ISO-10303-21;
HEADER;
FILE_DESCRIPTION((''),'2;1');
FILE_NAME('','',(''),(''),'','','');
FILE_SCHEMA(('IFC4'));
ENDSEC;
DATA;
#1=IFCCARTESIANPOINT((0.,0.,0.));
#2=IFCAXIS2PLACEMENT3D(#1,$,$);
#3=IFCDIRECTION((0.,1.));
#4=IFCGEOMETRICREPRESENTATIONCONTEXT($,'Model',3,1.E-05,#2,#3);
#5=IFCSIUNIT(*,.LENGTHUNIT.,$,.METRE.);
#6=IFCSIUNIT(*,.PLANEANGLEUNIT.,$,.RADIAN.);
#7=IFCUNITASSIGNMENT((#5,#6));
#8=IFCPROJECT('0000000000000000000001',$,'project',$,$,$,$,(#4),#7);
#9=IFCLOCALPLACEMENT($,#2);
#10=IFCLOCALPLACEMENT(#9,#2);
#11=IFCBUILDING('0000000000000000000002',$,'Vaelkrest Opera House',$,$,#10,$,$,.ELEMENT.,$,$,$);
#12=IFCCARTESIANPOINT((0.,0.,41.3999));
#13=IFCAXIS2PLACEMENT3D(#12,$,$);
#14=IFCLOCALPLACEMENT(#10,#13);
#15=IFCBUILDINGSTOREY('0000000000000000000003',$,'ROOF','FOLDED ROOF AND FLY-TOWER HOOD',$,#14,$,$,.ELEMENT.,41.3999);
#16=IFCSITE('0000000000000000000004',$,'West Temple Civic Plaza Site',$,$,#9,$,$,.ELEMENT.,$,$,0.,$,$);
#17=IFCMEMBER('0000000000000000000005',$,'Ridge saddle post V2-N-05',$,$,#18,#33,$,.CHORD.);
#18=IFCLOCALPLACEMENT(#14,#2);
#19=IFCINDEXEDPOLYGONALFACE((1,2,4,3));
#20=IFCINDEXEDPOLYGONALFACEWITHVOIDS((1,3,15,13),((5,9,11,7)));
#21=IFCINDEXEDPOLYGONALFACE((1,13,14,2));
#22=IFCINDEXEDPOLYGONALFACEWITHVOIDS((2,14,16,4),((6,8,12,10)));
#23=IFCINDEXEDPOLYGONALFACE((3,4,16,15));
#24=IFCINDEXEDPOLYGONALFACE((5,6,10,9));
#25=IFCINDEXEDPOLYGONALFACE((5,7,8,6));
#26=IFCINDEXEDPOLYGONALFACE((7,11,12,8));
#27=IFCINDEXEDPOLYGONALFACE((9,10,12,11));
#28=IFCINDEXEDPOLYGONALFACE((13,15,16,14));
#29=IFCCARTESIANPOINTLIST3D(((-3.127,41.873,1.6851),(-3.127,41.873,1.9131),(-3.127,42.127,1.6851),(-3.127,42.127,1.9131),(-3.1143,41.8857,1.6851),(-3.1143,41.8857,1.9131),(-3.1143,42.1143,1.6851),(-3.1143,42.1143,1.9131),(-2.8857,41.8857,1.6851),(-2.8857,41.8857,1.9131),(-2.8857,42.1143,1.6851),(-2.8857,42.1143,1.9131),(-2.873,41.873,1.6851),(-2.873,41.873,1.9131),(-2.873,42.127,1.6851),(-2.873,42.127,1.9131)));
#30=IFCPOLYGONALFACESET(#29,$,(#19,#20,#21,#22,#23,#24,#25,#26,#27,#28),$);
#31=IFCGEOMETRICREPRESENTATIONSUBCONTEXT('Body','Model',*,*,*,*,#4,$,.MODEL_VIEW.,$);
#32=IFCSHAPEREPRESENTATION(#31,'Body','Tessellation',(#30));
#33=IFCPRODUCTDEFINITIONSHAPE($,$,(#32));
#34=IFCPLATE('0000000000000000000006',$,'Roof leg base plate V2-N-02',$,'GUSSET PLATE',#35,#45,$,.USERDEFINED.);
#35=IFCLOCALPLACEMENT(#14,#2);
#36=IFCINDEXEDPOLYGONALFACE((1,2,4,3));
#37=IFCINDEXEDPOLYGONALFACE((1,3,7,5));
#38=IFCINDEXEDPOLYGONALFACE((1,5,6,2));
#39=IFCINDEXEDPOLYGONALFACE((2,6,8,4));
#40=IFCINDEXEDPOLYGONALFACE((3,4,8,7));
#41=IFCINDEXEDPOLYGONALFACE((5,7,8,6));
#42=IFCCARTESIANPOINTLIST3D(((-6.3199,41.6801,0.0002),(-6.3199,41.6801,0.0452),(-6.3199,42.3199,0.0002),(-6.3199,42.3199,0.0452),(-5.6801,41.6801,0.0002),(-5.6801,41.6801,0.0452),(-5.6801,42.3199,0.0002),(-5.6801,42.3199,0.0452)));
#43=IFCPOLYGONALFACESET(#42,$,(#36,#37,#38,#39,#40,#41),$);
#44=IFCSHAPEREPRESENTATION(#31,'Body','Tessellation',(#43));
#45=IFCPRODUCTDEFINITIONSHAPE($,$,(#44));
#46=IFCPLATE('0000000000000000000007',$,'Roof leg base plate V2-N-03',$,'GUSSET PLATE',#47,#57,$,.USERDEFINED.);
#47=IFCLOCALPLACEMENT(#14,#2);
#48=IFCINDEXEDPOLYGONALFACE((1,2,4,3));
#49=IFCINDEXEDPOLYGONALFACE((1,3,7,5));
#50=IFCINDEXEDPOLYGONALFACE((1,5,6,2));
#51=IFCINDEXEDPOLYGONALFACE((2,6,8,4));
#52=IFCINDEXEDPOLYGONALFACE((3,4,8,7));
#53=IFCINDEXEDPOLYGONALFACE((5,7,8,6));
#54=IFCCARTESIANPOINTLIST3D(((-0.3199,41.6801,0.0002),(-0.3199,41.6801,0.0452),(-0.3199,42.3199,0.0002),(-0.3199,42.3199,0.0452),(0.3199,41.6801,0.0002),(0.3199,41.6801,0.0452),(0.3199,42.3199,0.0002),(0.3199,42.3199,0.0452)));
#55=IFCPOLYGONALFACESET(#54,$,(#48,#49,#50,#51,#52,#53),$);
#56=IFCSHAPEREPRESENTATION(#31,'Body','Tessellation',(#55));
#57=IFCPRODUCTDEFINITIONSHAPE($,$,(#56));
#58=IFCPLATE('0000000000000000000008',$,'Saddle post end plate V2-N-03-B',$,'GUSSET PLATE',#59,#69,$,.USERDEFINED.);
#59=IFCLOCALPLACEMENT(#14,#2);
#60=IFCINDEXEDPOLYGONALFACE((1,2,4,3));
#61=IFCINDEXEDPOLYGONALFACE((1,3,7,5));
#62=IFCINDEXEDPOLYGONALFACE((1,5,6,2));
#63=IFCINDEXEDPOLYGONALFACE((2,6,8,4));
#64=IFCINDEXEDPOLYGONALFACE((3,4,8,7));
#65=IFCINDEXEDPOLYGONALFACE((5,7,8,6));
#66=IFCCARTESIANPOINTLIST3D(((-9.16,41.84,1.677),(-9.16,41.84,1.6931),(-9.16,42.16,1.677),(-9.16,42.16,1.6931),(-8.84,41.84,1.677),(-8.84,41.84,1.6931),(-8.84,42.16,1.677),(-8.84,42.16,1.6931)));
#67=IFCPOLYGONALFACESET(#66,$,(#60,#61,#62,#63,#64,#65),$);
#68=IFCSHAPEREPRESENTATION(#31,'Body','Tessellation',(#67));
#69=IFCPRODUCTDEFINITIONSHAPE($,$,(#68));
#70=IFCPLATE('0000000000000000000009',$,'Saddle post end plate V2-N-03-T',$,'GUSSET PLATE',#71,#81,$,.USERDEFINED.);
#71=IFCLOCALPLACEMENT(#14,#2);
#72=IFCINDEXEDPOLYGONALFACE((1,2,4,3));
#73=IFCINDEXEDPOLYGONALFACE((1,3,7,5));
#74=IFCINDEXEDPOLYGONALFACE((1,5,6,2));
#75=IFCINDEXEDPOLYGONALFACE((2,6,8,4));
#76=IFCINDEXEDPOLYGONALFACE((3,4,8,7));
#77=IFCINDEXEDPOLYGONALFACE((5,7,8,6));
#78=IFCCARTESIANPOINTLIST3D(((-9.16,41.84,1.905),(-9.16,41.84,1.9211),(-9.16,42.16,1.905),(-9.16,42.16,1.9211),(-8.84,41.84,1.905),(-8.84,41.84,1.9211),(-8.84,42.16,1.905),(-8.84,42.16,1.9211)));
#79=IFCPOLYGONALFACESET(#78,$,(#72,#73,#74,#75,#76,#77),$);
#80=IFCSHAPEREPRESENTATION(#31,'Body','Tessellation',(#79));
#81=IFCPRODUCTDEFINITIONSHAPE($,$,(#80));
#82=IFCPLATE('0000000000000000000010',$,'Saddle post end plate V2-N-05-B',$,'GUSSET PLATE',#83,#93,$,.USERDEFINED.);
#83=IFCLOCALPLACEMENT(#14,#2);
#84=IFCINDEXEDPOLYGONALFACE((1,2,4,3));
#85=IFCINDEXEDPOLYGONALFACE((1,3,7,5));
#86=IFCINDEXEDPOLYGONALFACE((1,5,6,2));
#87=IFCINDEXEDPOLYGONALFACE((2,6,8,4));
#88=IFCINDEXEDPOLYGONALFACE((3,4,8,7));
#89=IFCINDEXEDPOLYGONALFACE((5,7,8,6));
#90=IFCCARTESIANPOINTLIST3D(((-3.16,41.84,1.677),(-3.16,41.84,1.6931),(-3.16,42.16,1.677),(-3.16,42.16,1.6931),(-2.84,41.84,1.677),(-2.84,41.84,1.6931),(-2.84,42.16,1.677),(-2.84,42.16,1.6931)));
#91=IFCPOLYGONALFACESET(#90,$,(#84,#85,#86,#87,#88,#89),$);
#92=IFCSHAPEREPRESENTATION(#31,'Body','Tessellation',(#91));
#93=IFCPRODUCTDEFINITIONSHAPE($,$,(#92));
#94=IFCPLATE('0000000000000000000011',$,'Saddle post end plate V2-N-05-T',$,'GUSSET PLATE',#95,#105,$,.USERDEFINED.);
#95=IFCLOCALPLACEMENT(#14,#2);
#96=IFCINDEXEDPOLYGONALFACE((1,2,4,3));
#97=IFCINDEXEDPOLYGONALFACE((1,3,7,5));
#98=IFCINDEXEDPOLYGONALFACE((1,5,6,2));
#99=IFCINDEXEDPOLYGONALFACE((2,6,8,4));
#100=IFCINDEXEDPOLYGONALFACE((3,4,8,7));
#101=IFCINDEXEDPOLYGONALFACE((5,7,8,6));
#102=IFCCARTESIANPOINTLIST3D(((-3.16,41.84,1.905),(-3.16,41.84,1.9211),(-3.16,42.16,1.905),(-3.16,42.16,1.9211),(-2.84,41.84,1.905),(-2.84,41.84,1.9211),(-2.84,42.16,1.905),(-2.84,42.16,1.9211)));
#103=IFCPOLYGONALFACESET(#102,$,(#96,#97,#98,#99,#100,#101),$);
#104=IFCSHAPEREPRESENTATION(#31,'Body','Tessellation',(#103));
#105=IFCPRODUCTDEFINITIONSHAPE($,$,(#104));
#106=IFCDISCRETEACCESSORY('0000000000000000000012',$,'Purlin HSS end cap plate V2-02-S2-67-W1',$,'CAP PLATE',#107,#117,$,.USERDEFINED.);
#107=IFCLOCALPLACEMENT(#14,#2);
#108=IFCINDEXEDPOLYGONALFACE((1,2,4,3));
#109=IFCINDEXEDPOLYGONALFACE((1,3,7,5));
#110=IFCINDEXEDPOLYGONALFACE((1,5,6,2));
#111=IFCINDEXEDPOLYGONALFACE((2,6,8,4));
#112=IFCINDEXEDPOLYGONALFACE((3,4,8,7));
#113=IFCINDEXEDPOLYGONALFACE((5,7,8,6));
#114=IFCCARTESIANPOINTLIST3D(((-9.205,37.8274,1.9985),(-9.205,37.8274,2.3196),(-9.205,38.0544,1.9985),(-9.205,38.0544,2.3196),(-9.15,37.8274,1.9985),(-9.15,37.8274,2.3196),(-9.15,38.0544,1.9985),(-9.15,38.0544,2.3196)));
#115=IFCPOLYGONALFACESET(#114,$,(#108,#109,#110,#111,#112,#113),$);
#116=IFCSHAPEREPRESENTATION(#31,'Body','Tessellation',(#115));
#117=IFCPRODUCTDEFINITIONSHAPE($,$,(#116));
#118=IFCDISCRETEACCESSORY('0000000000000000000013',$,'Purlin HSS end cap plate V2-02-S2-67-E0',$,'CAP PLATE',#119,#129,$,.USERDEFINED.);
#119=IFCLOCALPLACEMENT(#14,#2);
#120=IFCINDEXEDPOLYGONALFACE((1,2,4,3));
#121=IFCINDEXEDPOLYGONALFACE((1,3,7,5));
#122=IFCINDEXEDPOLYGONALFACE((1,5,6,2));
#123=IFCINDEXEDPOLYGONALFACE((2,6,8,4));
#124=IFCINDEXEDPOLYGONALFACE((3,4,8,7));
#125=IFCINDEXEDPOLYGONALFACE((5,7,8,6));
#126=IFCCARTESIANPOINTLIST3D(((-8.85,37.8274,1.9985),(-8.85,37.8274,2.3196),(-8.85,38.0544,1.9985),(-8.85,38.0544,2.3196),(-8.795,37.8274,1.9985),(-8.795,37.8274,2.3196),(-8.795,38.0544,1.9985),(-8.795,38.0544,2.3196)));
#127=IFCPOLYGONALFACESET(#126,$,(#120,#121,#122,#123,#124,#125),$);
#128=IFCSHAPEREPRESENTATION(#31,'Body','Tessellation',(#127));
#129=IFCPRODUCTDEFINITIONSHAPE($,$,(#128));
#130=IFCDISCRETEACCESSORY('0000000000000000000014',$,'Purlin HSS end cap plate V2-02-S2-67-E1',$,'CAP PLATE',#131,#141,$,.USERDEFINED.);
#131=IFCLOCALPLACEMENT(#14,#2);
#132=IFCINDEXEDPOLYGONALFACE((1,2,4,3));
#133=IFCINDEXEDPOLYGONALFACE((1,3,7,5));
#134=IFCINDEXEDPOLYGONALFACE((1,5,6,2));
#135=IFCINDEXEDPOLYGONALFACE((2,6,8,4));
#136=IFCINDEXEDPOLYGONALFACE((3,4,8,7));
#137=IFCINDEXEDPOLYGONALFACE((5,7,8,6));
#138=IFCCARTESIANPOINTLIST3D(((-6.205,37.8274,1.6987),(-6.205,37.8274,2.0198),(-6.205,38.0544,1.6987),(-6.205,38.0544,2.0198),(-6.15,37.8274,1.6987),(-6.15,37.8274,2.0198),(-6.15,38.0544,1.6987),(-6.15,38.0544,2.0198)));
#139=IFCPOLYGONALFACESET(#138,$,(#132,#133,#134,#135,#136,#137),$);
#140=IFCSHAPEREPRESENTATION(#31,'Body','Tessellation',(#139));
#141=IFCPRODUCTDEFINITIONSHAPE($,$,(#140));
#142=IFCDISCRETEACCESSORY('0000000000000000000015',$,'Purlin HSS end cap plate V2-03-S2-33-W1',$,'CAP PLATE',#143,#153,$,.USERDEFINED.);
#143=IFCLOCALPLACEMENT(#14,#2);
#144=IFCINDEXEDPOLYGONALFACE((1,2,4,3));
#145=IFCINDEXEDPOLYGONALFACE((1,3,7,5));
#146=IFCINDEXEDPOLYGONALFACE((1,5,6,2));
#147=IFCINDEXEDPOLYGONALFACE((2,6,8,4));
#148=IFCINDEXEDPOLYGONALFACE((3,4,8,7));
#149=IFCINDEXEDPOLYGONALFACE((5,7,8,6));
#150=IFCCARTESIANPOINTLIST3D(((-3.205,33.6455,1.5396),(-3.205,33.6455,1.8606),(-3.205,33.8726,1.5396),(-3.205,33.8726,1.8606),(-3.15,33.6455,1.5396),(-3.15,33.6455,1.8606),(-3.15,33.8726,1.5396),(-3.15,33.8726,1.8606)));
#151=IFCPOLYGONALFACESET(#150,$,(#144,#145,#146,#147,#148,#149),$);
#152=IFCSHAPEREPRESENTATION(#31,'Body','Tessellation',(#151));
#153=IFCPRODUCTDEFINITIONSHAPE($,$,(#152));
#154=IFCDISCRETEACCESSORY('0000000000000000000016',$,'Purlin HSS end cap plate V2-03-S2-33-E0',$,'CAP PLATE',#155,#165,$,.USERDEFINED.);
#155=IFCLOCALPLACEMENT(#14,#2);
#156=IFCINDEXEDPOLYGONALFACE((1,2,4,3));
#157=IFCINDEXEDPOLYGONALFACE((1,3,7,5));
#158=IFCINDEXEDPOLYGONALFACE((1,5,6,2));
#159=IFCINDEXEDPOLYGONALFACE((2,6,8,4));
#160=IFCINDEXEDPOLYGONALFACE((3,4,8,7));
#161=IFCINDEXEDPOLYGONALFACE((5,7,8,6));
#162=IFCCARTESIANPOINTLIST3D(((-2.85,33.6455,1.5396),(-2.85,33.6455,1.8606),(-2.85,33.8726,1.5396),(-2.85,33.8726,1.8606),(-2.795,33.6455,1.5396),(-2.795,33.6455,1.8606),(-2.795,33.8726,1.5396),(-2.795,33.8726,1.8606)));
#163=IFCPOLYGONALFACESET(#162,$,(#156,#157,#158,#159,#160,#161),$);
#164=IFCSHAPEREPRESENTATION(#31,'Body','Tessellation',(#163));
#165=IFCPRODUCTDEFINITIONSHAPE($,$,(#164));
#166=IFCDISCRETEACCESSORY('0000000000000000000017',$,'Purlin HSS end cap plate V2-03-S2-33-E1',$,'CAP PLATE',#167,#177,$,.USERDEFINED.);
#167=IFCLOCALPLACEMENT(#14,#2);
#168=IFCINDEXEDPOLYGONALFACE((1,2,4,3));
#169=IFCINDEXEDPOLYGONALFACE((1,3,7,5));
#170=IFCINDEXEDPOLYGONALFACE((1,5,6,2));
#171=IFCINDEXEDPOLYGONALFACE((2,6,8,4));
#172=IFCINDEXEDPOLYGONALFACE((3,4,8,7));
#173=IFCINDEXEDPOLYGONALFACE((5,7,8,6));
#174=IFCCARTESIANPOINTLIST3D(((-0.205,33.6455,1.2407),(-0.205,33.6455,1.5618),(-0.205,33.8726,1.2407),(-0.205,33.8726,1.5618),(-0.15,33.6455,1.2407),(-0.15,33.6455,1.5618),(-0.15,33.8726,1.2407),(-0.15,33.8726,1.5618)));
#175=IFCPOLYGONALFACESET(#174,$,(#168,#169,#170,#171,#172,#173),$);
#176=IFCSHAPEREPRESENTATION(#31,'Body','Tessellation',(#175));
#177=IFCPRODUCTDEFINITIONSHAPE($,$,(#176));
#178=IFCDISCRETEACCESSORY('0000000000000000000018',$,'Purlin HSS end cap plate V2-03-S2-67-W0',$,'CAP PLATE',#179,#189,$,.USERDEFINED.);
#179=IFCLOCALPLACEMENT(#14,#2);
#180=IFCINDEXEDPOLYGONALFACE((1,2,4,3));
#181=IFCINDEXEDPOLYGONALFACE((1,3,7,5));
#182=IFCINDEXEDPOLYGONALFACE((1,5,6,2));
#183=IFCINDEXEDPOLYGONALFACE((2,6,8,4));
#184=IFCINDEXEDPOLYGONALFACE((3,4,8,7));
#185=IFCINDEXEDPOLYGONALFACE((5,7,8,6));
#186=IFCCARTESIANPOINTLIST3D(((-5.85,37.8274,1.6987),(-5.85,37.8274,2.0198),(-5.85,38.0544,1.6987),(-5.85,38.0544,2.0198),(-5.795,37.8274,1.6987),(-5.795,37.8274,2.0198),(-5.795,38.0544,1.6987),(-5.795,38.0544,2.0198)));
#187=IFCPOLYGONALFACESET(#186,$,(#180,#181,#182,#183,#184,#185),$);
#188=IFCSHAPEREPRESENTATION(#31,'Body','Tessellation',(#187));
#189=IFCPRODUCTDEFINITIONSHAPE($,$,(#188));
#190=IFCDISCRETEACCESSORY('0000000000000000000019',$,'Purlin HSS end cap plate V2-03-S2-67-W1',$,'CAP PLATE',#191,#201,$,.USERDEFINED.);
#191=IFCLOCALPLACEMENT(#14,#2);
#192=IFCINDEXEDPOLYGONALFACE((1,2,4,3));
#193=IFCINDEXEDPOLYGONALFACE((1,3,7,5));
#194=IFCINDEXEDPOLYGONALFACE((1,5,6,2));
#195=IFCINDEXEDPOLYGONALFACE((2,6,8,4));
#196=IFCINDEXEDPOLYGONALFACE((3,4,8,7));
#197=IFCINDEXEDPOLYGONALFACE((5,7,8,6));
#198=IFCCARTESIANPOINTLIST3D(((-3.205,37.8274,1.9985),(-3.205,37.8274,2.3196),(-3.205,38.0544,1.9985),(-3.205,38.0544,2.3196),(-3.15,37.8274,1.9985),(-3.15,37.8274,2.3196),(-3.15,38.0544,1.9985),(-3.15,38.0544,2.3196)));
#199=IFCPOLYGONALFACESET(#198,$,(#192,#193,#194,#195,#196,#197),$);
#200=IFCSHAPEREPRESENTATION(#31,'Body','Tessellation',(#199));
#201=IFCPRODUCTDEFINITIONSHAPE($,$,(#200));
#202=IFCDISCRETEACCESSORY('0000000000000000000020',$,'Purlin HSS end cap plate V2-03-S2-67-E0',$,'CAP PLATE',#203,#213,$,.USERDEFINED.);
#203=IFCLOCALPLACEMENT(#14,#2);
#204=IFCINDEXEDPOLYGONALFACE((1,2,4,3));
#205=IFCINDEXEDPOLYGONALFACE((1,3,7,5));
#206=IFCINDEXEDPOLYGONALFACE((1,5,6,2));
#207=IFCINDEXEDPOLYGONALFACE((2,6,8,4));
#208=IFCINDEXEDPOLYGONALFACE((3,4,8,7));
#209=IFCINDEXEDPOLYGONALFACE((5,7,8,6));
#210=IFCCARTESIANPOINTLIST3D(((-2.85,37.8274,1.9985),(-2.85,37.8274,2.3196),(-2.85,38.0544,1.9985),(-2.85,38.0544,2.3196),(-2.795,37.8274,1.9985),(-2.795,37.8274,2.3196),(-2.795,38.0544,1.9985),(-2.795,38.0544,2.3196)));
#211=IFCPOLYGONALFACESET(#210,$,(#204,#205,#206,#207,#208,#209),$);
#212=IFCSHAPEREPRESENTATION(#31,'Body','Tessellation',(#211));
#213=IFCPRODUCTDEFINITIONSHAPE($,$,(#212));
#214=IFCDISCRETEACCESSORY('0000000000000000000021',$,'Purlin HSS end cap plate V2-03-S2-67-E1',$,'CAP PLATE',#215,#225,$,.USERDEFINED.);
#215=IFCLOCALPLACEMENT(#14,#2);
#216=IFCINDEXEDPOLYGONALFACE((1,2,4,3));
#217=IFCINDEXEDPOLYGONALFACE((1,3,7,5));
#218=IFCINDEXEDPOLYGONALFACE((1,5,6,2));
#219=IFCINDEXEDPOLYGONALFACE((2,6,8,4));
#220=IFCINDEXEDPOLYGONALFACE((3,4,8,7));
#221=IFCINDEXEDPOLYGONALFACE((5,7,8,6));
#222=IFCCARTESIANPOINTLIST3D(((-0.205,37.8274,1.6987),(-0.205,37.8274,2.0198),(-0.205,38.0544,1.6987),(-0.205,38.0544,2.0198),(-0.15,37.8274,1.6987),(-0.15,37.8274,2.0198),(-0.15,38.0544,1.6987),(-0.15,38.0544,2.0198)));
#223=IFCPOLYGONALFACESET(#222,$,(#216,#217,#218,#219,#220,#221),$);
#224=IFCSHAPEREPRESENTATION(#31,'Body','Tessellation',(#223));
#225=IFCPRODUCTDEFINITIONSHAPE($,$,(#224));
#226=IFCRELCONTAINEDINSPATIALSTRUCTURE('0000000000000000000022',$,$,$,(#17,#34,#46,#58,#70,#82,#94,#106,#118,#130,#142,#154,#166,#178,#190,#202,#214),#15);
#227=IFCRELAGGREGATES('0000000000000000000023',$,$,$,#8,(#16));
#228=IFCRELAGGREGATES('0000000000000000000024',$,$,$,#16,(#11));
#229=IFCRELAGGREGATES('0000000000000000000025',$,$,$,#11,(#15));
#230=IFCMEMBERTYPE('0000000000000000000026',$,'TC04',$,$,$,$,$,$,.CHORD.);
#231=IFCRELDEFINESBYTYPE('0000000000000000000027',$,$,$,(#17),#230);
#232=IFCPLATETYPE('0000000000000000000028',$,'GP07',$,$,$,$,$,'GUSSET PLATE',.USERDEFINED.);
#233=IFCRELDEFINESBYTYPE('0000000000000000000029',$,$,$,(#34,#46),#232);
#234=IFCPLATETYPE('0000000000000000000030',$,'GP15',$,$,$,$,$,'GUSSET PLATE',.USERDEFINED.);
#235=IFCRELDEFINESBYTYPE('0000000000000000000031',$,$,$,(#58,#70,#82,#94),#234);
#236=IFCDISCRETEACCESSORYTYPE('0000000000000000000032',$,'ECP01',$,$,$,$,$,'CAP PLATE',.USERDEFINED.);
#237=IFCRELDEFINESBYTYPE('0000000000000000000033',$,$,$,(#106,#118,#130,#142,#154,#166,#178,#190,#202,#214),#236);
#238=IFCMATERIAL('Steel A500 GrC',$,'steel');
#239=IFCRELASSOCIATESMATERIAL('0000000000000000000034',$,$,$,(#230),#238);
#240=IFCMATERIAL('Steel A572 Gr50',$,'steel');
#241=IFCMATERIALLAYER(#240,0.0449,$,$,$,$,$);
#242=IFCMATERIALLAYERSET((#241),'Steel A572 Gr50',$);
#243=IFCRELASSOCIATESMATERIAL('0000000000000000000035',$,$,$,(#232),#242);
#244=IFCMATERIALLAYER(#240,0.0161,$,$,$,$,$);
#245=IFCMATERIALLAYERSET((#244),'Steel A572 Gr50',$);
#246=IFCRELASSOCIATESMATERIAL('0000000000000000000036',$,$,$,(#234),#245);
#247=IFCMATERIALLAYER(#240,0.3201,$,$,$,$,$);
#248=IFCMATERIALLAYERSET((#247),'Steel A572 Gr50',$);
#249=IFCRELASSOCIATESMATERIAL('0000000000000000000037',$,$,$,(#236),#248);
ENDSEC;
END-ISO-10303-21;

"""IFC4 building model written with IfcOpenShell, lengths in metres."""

from ifc_helpers import new_model, si_unit, direction, frame, origin, origin_2d, place, context, subcontext, project, spatial, rectangle, hollow_rectangle, extrude, material, layer, layer_set, material_profile, profile_set, type_object, element, save


model = new_model("IFC4")

# Units and contexts
model_context = context("Model", 3, precision=1e-05, world=origin(), true_north=direction((0.0, 1.0)))
body_context = subcontext(model_context, "Body", "Model", "MODEL_VIEW")
ifc_project = project(units=[si_unit("LENGTHUNIT", "METRE"), si_unit("PLANEANGLEUNIT", "RADIAN")], contexts=[model_context])

# Site, building, storey
site_placement = place(None, origin())
site = spatial("IfcSite", under=ifc_project, at=site_placement, Name="West Temple Civic Plaza Site", CompositionType="ELEMENT", RefElevation=0.0)
building_placement = place(site_placement, origin())
building = spatial("IfcBuilding", under=site, at=building_placement, Name="Vaelkrest Opera House", CompositionType="ELEMENT")
storey_placement = place(building_placement, frame((0.0, 0.0, 41.3999)))
storey = spatial("IfcBuildingStorey", under=building, at=storey_placement, Name="ROOF", Description="FOLDED ROOF AND FLY-TOWER HOOD", CompositionType="ELEMENT", Elevation=41.3999)

# Shared definitions
ifc_material_1 = material(Name="Steel A500 GrC", Category="steel")

# Member
ifc_material_profile_1 = material_profile(ifc_material_1, hollow_rectangle(XDim=0.2539, YDim=0.2539, WallThickness=0.0127, at=origin_2d()), Name="HSS254X254X12.7")
ifc_profile_set_1 = profile_set([ifc_material_profile_1], Name="Steel A500 GrC")
member_type_1 = type_object("IfcMemberType", Name="TC04", PredefinedType="CHORD", material=ifc_profile_set_1)
member_1_placement = place(storey_placement, frame((-3.0, 42.0, 1.6851), z_axis=(0.0, 0.0, 1.0), x_axis=(1.0, 0.0, 0.0)))
element("IfcMember", 1, at=member_1_placement, inside=storey, type_object=member_type_1, Name="Ridge saddle post V2-N-05", PredefinedType="CHORD", context=body_context, shape_type="SweptSolid", body=[
    extrude(hollow_rectangle(XDim=0.2539, YDim=0.2539, WallThickness=0.0127, at=origin_2d()), origin(), (0.0, 0.0, 1.0), 0.228),
])

# Plates
ifc_material_2 = material(Name="Steel A572 Gr50", Category="steel")
ifc_layer_1 = layer(ifc_material_2, 0.0449)
ifc_layer_set_1 = layer_set([ifc_layer_1], Name="Steel A572 Gr50")
plate_type_1 = type_object("IfcPlateType", Name="GP07", ElementType="GUSSET PLATE", PredefinedType="USERDEFINED", material=ifc_layer_set_1)
for number, where, z_axis, x_axis, name in (
    (2, (-6.0, 42.0, 0.0002), (0.0, 0.0, 1.0), (1.0, 0.0, 0.0), "Roof leg base plate V2-N-02"),
    (3, (0.0, 42.0, 0.0002), (0.0, 0.0, 1.0), (1.0, 0.0, 0.0), "Roof leg base plate V2-N-03"),
):
    element("IfcPlate", number, at=place(storey_placement, frame(where, z_axis=z_axis, x_axis=x_axis)), inside=storey, type_object=plate_type_1, Name=name, ObjectType="GUSSET PLATE", PredefinedType="USERDEFINED", context=body_context, shape_type="SweptSolid", body=[
        extrude(rectangle(XDim=0.6399, YDim=0.6399, at=origin_2d()), origin(), (0.0, 0.0, 1.0), 0.0449),
    ])
ifc_layer_2 = layer(ifc_material_2, 0.0161)
ifc_layer_set_2 = layer_set([ifc_layer_2], Name="Steel A572 Gr50")
plate_type_2 = type_object("IfcPlateType", Name="GP15", ElementType="GUSSET PLATE", PredefinedType="USERDEFINED", material=ifc_layer_set_2)
for number, where, z_axis, x_axis, name in (
    (4, (-9.0, 42.0, 1.677), (0.0, 0.0, 1.0), (1.0, 0.0, 0.0), "Saddle post end plate V2-N-03-B"),
    (5, (-9.0, 42.0, 1.905), (0.0, 0.0, 1.0), (1.0, 0.0, 0.0), "Saddle post end plate V2-N-03-T"),
    (6, (-3.0, 42.0, 1.677), (0.0, 0.0, 1.0), (1.0, 0.0, 0.0), "Saddle post end plate V2-N-05-B"),
    (7, (-3.0, 42.0, 1.905), (0.0, 0.0, 1.0), (1.0, 0.0, 0.0), "Saddle post end plate V2-N-05-T"),
):
    element("IfcPlate", number, at=place(storey_placement, frame(where, z_axis=z_axis, x_axis=x_axis)), inside=storey, type_object=plate_type_2, Name=name, ObjectType="GUSSET PLATE", PredefinedType="USERDEFINED", context=body_context, shape_type="SweptSolid", body=[
        extrude(rectangle(XDim=0.3201, YDim=0.3201, at=origin_2d()), origin(), (0.0, 0.0, 1.0), 0.0161),
    ])

# Discrete accessories
ifc_layer_3 = layer(ifc_material_2, 0.3201)
ifc_layer_set_3 = layer_set([ifc_layer_3], Name="Steel A572 Gr50")
discrete_accessory_type = type_object("IfcDiscreteAccessoryType", Name="ECP01", ElementType="CAP PLATE", PredefinedType="USERDEFINED", material=ifc_layer_set_3)
for number, where, z_axis, x_axis, name in (
    (8, (-9.1775, 37.9409, 1.9985), (0.0, 0.0, 1.0), (1.0, 0.0, 0.0), "Purlin HSS end cap plate V2-02-S2-67-W1"),
    (9, (-8.8225, 37.9409, 1.9985), (0.0, 0.0, 1.0), (1.0, 0.0, 0.0), "Purlin HSS end cap plate V2-02-S2-67-E0"),
    (10, (-6.1775, 37.9409, 1.6987), (0.0, 0.0, 1.0), (1.0, 0.0, 0.0), "Purlin HSS end cap plate V2-02-S2-67-E1"),
    (11, (-3.1775, 33.759, 1.5396), (0.0, 0.0, 1.0), (1.0, 0.0, 0.0), "Purlin HSS end cap plate V2-03-S2-33-W1"),
    (12, (-2.8225, 33.759, 1.5396), (0.0, 0.0, 1.0), (1.0, 0.0, 0.0), "Purlin HSS end cap plate V2-03-S2-33-E0"),
    (13, (-0.1775, 33.759, 1.2407), (0.0, 0.0, 1.0), (1.0, 0.0, 0.0), "Purlin HSS end cap plate V2-03-S2-33-E1"),
    (14, (-5.8225, 37.9409, 1.6987), (0.0, 0.0, 1.0), (1.0, 0.0, 0.0), "Purlin HSS end cap plate V2-03-S2-67-W0"),
    (15, (-3.1775, 37.9409, 1.9985), (0.0, 0.0, 1.0), (1.0, 0.0, 0.0), "Purlin HSS end cap plate V2-03-S2-67-W1"),
    (16, (-2.8225, 37.9409, 1.9985), (0.0, 0.0, 1.0), (1.0, 0.0, 0.0), "Purlin HSS end cap plate V2-03-S2-67-E0"),
    (17, (-0.1775, 37.9409, 1.6987), (0.0, 0.0, 1.0), (1.0, 0.0, 0.0), "Purlin HSS end cap plate V2-03-S2-67-E1"),
):
    element("IfcDiscreteAccessory", number, at=place(storey_placement, frame(where, z_axis=z_axis, x_axis=x_axis)), inside=storey, type_object=discrete_accessory_type, Name=name, ObjectType="CAP PLATE", PredefinedType="USERDEFINED", context=body_context, shape_type="SweptSolid", body=[
        extrude(rectangle(XDim=0.0549, YDim=0.2271, at=origin_2d()), origin(), (0.0, 0.0, 1.0), 0.321),
    ])

save(model, "model.ifc")
